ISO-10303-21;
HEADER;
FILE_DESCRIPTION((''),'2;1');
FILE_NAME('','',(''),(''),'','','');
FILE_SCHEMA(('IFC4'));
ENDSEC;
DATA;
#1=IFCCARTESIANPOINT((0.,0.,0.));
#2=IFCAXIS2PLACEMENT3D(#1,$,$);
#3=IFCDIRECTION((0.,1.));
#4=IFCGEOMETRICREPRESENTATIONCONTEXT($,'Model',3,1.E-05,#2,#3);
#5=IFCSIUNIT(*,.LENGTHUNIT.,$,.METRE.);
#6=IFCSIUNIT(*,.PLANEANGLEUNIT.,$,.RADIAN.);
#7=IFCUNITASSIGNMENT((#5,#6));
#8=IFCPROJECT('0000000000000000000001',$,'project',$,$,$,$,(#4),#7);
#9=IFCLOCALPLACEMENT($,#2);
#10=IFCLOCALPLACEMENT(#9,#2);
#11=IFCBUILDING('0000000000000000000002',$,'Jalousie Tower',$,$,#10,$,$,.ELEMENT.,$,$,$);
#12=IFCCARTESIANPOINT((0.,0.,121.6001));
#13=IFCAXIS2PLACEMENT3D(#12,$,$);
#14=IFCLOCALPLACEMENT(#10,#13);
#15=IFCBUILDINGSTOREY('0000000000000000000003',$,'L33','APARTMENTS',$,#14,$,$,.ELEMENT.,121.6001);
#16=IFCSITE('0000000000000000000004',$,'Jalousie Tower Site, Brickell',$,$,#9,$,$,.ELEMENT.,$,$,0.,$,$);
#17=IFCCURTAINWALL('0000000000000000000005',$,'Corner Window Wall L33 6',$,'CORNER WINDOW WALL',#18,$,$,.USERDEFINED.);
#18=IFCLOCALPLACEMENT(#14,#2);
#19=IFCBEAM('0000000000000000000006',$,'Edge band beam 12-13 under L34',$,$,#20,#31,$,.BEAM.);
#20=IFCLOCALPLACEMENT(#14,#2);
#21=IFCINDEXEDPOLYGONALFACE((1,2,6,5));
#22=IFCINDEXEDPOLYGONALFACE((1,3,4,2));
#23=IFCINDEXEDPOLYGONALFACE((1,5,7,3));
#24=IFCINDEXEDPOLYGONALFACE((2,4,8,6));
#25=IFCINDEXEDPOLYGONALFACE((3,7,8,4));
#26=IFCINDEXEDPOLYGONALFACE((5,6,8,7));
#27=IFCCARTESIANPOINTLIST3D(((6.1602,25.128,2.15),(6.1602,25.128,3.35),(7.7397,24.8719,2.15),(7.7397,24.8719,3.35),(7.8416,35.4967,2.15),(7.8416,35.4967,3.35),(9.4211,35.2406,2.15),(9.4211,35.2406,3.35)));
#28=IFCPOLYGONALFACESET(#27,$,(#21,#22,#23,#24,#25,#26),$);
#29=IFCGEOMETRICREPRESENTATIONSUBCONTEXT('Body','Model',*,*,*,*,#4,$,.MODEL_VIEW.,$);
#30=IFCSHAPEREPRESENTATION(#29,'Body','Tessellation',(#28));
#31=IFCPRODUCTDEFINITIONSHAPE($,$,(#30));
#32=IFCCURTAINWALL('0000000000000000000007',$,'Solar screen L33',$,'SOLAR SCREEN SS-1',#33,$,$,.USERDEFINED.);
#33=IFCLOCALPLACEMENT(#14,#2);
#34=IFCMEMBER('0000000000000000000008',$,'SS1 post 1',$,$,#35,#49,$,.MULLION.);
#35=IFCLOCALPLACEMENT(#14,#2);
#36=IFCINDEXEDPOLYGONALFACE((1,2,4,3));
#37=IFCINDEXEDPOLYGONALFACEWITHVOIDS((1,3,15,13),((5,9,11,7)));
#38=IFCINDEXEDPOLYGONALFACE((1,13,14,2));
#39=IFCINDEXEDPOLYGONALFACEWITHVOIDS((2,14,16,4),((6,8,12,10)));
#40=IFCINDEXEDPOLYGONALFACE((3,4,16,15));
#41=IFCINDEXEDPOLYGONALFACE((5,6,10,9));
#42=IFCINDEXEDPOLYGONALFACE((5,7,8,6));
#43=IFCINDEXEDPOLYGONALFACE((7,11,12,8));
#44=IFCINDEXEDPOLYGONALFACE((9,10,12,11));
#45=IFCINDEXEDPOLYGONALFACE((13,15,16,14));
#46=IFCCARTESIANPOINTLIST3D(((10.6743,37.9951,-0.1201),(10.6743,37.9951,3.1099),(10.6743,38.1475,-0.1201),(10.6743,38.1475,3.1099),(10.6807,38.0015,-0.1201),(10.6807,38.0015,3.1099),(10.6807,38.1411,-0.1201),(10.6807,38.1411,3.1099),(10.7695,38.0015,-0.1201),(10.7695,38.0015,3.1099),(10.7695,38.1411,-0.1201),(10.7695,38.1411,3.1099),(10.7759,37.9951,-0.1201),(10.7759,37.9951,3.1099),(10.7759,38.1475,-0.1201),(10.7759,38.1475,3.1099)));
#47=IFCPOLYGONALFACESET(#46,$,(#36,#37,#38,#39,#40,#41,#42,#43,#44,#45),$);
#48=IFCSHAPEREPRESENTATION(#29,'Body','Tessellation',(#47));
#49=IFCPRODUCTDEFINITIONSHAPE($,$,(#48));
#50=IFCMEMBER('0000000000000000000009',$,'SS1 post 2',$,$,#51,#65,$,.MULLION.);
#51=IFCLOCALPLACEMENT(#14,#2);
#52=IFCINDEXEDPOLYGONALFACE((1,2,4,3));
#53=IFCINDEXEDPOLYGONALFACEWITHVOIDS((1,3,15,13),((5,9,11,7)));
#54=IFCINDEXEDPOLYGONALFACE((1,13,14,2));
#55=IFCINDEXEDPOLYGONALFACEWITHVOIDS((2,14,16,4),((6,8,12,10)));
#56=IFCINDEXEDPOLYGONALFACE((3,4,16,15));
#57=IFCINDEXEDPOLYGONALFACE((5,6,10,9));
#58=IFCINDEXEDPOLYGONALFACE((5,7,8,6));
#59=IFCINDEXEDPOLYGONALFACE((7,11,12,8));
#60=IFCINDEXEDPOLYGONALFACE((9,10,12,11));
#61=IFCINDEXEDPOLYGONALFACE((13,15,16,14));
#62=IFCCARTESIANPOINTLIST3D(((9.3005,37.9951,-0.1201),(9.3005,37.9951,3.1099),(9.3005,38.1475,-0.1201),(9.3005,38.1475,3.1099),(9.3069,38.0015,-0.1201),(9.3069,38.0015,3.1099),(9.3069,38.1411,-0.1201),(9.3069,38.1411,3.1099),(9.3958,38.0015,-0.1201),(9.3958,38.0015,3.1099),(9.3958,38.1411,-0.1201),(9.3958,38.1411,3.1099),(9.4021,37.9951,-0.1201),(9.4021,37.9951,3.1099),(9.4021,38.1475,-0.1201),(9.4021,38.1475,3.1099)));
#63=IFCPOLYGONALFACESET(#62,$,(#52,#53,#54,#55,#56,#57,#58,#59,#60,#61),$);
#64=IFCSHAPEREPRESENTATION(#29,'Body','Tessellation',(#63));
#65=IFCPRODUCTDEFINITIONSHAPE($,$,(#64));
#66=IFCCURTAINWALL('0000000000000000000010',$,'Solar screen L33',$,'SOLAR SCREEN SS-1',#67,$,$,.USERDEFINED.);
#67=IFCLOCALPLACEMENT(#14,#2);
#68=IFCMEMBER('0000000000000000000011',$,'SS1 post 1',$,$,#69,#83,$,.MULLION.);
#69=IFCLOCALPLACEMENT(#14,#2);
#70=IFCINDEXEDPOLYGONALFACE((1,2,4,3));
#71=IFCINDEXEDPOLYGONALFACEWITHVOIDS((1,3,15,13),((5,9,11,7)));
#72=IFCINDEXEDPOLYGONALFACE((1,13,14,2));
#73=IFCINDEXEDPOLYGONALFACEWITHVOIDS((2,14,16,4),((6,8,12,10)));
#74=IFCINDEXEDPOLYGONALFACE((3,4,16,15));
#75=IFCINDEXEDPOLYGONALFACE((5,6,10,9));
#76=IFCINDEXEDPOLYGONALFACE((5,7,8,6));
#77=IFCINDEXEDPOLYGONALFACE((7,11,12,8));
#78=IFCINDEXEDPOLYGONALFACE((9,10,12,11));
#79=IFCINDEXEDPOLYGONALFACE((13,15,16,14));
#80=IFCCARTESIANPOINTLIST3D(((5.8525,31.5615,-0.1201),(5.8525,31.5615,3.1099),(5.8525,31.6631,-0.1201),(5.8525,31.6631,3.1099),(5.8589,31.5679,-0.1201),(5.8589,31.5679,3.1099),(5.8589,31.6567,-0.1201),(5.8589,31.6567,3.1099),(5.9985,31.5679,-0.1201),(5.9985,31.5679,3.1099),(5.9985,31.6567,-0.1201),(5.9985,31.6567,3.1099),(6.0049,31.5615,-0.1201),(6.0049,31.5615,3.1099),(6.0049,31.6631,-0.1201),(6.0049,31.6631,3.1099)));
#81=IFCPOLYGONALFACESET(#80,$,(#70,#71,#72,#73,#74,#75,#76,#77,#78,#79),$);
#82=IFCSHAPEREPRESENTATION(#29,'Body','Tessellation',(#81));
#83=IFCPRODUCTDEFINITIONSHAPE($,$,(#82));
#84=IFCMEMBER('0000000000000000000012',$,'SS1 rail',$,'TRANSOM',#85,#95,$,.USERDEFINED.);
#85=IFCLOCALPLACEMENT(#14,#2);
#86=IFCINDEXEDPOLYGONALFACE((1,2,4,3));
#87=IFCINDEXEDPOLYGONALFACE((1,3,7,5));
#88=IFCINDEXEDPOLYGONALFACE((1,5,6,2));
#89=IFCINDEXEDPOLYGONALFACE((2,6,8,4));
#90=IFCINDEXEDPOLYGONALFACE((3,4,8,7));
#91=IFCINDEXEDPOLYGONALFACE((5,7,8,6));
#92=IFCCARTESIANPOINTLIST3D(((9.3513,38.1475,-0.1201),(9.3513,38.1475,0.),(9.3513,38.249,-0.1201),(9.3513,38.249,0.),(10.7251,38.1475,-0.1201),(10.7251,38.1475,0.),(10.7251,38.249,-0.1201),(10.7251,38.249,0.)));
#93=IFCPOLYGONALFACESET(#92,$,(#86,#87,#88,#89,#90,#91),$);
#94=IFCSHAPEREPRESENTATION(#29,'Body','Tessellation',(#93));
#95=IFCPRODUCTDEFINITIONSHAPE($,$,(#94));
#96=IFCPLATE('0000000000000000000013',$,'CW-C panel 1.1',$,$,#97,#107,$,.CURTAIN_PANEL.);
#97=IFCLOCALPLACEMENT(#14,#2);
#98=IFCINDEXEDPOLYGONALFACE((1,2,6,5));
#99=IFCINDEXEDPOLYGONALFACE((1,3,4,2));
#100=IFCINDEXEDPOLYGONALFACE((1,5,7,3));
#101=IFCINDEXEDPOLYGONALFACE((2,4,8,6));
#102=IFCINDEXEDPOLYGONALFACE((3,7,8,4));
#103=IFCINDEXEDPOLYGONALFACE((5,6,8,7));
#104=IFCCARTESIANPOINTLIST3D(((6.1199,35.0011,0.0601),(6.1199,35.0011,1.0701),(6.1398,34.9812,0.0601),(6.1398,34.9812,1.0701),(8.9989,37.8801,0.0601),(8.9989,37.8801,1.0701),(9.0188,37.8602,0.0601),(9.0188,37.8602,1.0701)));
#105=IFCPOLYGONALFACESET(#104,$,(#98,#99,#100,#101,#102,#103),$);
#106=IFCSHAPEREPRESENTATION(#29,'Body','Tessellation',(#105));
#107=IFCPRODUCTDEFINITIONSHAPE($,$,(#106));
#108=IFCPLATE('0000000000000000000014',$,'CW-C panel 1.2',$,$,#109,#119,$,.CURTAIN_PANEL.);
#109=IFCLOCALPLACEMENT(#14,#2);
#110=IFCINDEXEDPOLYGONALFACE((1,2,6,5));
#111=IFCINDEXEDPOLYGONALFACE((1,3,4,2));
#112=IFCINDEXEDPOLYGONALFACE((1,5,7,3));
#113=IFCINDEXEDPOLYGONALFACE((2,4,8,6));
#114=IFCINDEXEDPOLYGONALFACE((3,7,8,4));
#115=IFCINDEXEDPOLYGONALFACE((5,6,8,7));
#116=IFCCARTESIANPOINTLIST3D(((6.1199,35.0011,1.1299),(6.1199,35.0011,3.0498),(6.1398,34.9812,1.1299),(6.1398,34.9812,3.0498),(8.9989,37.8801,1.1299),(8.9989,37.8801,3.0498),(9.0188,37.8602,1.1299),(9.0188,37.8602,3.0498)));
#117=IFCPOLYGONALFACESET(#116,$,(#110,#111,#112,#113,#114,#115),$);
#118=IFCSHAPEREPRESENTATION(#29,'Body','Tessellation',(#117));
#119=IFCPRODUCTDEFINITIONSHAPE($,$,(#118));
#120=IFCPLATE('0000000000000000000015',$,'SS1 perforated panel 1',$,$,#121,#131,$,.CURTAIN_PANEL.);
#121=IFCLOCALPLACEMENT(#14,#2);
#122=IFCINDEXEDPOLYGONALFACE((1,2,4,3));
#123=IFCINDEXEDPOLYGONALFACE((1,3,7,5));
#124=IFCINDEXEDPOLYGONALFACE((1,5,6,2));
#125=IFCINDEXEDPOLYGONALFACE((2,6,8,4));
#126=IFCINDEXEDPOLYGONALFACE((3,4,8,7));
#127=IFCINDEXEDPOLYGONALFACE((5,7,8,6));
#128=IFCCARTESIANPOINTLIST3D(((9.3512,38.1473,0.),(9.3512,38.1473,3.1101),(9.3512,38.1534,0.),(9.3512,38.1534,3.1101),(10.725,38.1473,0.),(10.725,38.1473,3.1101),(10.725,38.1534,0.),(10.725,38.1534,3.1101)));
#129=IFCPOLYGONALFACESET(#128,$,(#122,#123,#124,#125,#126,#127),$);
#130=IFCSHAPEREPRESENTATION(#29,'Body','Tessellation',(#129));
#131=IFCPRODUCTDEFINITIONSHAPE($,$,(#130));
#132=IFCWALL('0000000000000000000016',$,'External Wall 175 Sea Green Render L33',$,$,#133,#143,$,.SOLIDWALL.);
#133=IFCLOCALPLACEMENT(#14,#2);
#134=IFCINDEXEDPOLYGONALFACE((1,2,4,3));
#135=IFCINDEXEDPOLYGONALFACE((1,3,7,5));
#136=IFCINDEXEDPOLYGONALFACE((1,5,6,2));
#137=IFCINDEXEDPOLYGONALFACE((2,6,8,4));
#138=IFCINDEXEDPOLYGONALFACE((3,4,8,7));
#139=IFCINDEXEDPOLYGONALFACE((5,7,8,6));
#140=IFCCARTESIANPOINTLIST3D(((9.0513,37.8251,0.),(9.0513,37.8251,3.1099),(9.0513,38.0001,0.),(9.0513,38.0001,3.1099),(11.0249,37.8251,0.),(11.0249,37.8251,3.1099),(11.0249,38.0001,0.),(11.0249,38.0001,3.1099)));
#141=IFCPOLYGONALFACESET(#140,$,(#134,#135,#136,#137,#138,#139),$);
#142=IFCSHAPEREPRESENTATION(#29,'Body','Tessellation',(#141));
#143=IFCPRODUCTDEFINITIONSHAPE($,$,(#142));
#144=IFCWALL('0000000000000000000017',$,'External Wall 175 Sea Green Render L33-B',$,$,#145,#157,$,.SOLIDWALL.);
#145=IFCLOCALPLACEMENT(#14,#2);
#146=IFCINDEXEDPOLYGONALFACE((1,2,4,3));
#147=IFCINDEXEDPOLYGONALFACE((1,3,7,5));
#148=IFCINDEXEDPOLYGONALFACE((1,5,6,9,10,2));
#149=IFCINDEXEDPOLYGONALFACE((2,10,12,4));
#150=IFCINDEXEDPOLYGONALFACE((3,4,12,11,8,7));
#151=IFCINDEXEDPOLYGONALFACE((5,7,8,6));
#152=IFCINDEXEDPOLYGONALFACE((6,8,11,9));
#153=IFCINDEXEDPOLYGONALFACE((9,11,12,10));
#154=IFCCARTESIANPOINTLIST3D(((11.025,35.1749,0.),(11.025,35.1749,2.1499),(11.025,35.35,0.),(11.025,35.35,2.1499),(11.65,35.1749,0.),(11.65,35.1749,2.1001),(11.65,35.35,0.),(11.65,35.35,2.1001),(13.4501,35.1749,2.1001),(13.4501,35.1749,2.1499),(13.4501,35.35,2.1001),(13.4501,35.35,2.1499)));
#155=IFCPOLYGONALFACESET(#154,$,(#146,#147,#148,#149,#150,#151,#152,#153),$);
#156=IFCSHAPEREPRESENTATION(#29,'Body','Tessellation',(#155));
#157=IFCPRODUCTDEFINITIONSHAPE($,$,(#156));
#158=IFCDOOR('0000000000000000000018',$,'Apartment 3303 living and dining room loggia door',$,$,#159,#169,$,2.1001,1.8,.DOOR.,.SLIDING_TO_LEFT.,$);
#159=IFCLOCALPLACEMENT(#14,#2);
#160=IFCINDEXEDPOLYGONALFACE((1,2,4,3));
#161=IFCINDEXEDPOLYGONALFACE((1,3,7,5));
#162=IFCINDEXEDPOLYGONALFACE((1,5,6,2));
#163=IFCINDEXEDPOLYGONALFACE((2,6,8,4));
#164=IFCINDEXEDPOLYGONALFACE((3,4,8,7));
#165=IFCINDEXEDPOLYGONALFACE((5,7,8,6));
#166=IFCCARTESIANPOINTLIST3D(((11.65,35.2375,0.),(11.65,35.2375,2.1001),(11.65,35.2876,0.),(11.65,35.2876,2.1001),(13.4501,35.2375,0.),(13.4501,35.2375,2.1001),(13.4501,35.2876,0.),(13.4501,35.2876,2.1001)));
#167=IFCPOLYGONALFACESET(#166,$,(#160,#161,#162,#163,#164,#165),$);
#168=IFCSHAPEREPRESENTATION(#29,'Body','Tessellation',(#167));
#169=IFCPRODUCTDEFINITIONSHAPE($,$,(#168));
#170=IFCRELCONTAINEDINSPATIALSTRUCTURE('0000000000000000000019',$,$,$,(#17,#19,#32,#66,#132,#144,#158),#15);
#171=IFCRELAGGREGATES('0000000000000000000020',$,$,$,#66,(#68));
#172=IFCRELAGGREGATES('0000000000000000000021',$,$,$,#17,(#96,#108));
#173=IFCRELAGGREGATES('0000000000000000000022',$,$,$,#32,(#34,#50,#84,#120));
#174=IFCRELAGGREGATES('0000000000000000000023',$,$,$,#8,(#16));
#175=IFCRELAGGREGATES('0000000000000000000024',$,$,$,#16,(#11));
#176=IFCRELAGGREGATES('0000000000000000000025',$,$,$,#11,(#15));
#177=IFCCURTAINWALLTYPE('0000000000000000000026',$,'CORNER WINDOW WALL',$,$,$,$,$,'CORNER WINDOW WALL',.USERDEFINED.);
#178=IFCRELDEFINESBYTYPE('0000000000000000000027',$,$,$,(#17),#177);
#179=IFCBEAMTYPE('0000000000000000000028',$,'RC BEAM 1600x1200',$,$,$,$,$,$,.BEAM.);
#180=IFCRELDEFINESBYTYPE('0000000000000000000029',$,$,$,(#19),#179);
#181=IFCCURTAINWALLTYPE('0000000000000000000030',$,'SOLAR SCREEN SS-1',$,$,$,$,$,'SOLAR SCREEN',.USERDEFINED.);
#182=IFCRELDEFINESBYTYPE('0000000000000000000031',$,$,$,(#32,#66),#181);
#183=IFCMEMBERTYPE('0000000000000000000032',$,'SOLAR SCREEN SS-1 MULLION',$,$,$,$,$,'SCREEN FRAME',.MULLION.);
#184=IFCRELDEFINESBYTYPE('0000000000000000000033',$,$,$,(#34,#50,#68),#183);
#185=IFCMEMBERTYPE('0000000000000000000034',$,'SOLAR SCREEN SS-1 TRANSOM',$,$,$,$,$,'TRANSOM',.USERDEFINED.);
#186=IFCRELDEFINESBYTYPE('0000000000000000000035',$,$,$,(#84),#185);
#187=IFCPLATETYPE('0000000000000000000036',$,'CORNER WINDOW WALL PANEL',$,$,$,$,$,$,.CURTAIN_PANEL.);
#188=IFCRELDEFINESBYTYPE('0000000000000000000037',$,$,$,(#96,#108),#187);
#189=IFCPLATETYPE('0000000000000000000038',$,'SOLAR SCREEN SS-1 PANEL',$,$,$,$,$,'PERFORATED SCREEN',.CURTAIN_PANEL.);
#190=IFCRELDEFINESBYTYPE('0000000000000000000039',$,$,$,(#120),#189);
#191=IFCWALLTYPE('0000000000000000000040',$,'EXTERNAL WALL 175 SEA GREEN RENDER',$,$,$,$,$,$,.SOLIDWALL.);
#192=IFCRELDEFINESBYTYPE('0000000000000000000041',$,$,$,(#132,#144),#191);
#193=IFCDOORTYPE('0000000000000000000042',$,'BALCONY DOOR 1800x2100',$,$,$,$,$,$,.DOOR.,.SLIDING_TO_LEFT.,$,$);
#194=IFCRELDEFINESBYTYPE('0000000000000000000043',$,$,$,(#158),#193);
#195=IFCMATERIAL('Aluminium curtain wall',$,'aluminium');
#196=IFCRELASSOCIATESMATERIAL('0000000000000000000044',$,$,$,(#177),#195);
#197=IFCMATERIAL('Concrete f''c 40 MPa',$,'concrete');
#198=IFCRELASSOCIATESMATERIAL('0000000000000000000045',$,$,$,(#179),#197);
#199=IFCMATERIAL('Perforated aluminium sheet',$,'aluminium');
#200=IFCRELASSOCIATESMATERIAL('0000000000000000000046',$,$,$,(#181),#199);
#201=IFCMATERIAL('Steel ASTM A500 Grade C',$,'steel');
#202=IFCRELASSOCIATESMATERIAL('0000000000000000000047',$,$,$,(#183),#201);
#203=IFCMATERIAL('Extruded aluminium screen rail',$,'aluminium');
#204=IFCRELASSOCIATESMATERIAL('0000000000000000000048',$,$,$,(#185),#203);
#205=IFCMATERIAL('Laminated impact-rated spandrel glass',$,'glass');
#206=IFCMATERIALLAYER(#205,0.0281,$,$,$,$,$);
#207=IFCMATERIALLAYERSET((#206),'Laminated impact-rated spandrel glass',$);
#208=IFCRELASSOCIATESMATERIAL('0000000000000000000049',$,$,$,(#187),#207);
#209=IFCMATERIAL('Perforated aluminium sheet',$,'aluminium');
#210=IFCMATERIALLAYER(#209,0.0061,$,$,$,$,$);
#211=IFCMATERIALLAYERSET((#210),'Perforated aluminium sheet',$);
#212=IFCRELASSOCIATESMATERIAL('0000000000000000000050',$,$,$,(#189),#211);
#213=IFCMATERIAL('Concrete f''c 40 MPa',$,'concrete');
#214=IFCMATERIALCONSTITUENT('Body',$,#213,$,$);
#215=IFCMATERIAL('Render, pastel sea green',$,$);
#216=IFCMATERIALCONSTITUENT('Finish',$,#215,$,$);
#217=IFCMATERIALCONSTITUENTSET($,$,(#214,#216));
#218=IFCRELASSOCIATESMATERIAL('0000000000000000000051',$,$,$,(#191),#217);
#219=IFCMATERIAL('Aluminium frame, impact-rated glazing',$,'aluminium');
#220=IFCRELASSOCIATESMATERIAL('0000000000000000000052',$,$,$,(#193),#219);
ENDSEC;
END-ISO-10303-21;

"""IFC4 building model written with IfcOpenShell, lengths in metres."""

from ifc_helpers import new_model, si_unit, direction, frame, frame_2d, origin, origin_2d, place, context, subcontext, project, spatial, rectangle, hollow_rectangle, extrude, material, layer, layer_set, constituent, constituent_set, material_profile, profile_set, type_object, element, fill, aggregate, save


model = new_model("IFC4")

# Units and contexts
model_context = context("Model", 3, precision=1e-05, world=origin(), true_north=direction((0.0, 1.0)))
body_context = subcontext(model_context, "Body", "Model", "MODEL_VIEW")
ifc_project = project(units=[si_unit("LENGTHUNIT", "METRE"), si_unit("PLANEANGLEUNIT", "RADIAN")], contexts=[model_context])

# Site, building, storey
site_placement = place(None, origin())
site = spatial("IfcSite", under=ifc_project, at=site_placement, Name="Jalousie Tower Site, Brickell", CompositionType="ELEMENT", RefElevation=0.0)
building_placement = place(site_placement, origin())
building = spatial("IfcBuilding", under=site, at=building_placement, Name="Jalousie Tower", CompositionType="ELEMENT")
storey_placement = place(building_placement, frame((0.0, 0.0, 121.6001)))
storey = spatial("IfcBuildingStorey", under=building, at=storey_placement, Name="L33", Description="APARTMENTS", CompositionType="ELEMENT", Elevation=121.6001)

# Curtain wall
ifc_material_1 = material(Name="Aluminium curtain wall", Category="aluminium")
curtain_wall_type_1 = type_object("IfcCurtainWallType", Name="CORNER WINDOW WALL", ElementType="CORNER WINDOW WALL", PredefinedType="USERDEFINED", material=ifc_material_1)
curtain_wall_1_placement = place(storey_placement, origin())
curtain_wall_1 = element("IfcCurtainWall", 1, at=curtain_wall_1_placement, inside=storey, type_object=curtain_wall_type_1, Name="Corner Window Wall L33 6", ObjectType="CORNER WINDOW WALL", PredefinedType="USERDEFINED")

# Beam
ifc_material_2 = material(Name="Concrete f'c 40 MPa", Category="concrete")
ifc_material_profile_1 = material_profile(ifc_material_2, rectangle(XDim=1.6001, YDim=1.2, at=origin_2d()), Name="RC 1600x1200")
ifc_profile_set_1 = profile_set([ifc_material_profile_1], Name="Concrete f'c 40 MPa")
beam_type_1 = type_object("IfcBeamType", Name="RC BEAM 1600x1200", PredefinedType="BEAM", material=ifc_profile_set_1)
beam_1_placement = place(storey_placement, frame((8.6313, 35.3687, 2.75), z_axis=(-0.160071, -0.987106, 0.0), x_axis=(0.987106, -0.160071, 0.0)))
element("IfcBeam", 2, at=beam_1_placement, inside=storey, type_object=beam_type_1, Name="Edge band beam 12-13 under L34", PredefinedType="BEAM", context=body_context, shape_type="SweptSolid", body=[
    extrude(rectangle(XDim=1.6001, YDim=1.2, at=origin_2d()), origin(), (0.0, 0.0, 1.0), 10.5042),
])

# Curtain wall, members
ifc_material_3 = material(Name="Perforated aluminium sheet", Category="aluminium")
curtain_wall_type_2 = type_object("IfcCurtainWallType", Name="SOLAR SCREEN SS-1", ElementType="SOLAR SCREEN", PredefinedType="USERDEFINED", material=ifc_material_3)
curtain_wall_2_placement = place(storey_placement, origin())
curtain_wall_2 = element("IfcCurtainWall", 3, at=curtain_wall_2_placement, inside=storey, type_object=curtain_wall_type_2, Name="Solar screen L33", ObjectType="SOLAR SCREEN SS-1", PredefinedType="USERDEFINED")
ifc_material_4 = material(Name="Steel ASTM A500 Grade C", Category="steel")
ifc_material_profile_2 = material_profile(ifc_material_4, hollow_rectangle(XDim=0.1016, YDim=0.1523, WallThickness=0.0063, at=origin_2d()), Name="HSS6X4X1/4")
ifc_profile_set_2 = profile_set([ifc_material_profile_2], Name="Steel ASTM A500 Grade C")
member_type_1 = type_object("IfcMemberType", Name="SOLAR SCREEN SS-1 MULLION", ElementType="SCREEN FRAME", PredefinedType="MULLION", material=ifc_profile_set_2)
member_1_placement = place(storey_placement, frame((10.7251, 38.0713, -0.1201), z_axis=(0.0, 0.0, 1.0), x_axis=(-1.0, 0.0, 0.0)))
member_1 = element("IfcMember", 4, at=member_1_placement, type_object=member_type_1, Name="SS1 post 1", PredefinedType="MULLION", context=body_context, shape_type="SweptSolid", body=[
    extrude(hollow_rectangle(XDim=0.1016, YDim=0.1523, WallThickness=0.0063, at=origin_2d()), origin(), (0.0, 0.0, 1.0), 3.23),
])
member_2_placement = place(storey_placement, frame((9.3513, 38.0713, -0.1201), z_axis=(0.0, 0.0, 1.0), x_axis=(-1.0, 0.0, 0.0)))
member_2 = element("IfcMember", 5, at=member_2_placement, type_object=member_type_1, Name="SS1 post 2", PredefinedType="MULLION", context=body_context, shape_type="SweptSolid", body=[
    extrude(hollow_rectangle(XDim=0.1016, YDim=0.1523, WallThickness=0.0063, at=origin_2d()), origin(), (0.0, 0.0, 1.0), 3.23),
])

# Curtain wall, member
curtain_wall_3_placement = place(storey_placement, origin())
curtain_wall_3 = element("IfcCurtainWall", 6, at=curtain_wall_3_placement, inside=storey, type_object=curtain_wall_type_2, Name="Solar screen L33", ObjectType="SOLAR SCREEN SS-1", PredefinedType="USERDEFINED")
member_3_placement = place(storey_placement, frame((5.9287, 31.6123, -0.1201), z_axis=(0.0, 0.0, 1.0), x_axis=(0.0, -1.0, 0.0)))
member_3 = element("IfcMember", 7, at=member_3_placement, type_object=member_type_1, Name="SS1 post 1", PredefinedType="MULLION", context=body_context, shape_type="SweptSolid", body=[
    extrude(hollow_rectangle(XDim=0.1016, YDim=0.1523, WallThickness=0.0063, at=origin_2d()), origin(), (0.0, 0.0, 1.0), 3.23),
])
aggregate(curtain_wall_3, [member_3])

# Member
ifc_material_5 = material(Name="Extruded aluminium screen rail", Category="aluminium")
ifc_material_profile_3 = material_profile(ifc_material_5, rectangle(XDim=0.1016, YDim=0.1201, at=origin_2d()), Name="RAIL 102x120")
ifc_profile_set_3 = profile_set([ifc_material_profile_3], Name="Extruded aluminium screen rail")
member_type_2 = type_object("IfcMemberType", Name="SOLAR SCREEN SS-1 TRANSOM", ElementType="TRANSOM", PredefinedType="USERDEFINED", material=ifc_profile_set_3)
member_4_placement = place(storey_placement, frame((10.7251, 38.1982, -0.0601), z_axis=(-1.0, 0.0, 0.0), x_axis=(0.0, -1.0, 0.0)))
member_4 = element("IfcMember", 8, at=member_4_placement, type_object=member_type_2, Name="SS1 rail", ObjectType="TRANSOM", PredefinedType="USERDEFINED", context=body_context, shape_type="SweptSolid", body=[
    extrude(rectangle(XDim=0.1016, YDim=0.1201, at=origin_2d()), origin(), (0.0, 0.0, 1.0), 1.3738),
])

# Plates
ifc_material_6 = material(Name="Laminated impact-rated spandrel glass", Category="glass")
ifc_layer_1 = layer(ifc_material_6, 0.0281)
ifc_layer_set_1 = layer_set([ifc_layer_1], Name="Laminated impact-rated spandrel glass")
plate_type_1 = type_object("IfcPlateType", Name="CORNER WINDOW WALL PANEL", PredefinedType="CURTAIN_PANEL", material=ifc_layer_set_1)
plate_1_placement = place(storey_placement, frame((7.5693, 36.4307, 0.0601), z_axis=(0.0, 0.0, 1.0), x_axis=(-0.707107, -0.707107, 0.0)))
plate_1 = element("IfcPlate", 9, at=plate_1_placement, type_object=plate_type_1, Name="CW-C panel 1.1", PredefinedType="CURTAIN_PANEL", context=body_context, shape_type="SweptSolid", body=[
    extrude(rectangle(XDim=4.0715, YDim=0.0281, at=origin_2d()), origin(), (0.0, 0.0, 1.0), 1.01),
])
plate_2_placement = place(storey_placement, frame((7.5693, 36.4307, 1.1299), z_axis=(0.0, 0.0, 1.0), x_axis=(-0.707107, -0.707107, 0.0)))
plate_2 = element("IfcPlate", 10, at=plate_2_placement, type_object=plate_type_1, Name="CW-C panel 1.2", PredefinedType="CURTAIN_PANEL", context=body_context, shape_type="SweptSolid", body=[
    extrude(rectangle(XDim=4.0715, YDim=0.0281, at=origin_2d()), origin(), (0.0, 0.0, 1.0), 1.9199),
])
aggregate(curtain_wall_1, [plate_1, plate_2])
ifc_material_7 = material(Name="Perforated aluminium sheet", Category="aluminium")
ifc_layer_2 = layer(ifc_material_7, 0.0061)
ifc_layer_set_2 = layer_set([ifc_layer_2], Name="Perforated aluminium sheet")
plate_type_2 = type_object("IfcPlateType", Name="SOLAR SCREEN SS-1 PANEL", ElementType="PERFORATED SCREEN", PredefinedType="CURTAIN_PANEL", material=ifc_layer_set_2)
plate_3_placement = place(storey_placement, frame((10.0381, 38.1504, 0.0), z_axis=(0.0, 0.0, 1.0), x_axis=(-1.0, 0.0, 0.0)))
plate_3 = element("IfcPlate", 11, at=plate_3_placement, type_object=plate_type_2, Name="SS1 perforated panel 1", PredefinedType="CURTAIN_PANEL", context=body_context, shape_type="SweptSolid", body=[
    extrude(rectangle(XDim=1.3738, YDim=0.0061, at=origin_2d()), origin(), (0.0, 0.0, 1.0), 3.1101),
])
aggregate(curtain_wall_2, [member_1, member_2, member_4, plate_3])

# Wall
ifc_material_8 = material(Name="Concrete f'c 40 MPa", Category="concrete")
ifc_constituent_1 = constituent(ifc_material_8, Name="Body")
ifc_material_9 = material(Name="Render, pastel sea green")
ifc_constituent_2 = constituent(ifc_material_9, Name="Finish")
ifc_constituent_set = constituent_set(constituents=[ifc_constituent_1, ifc_constituent_2])
wall_type = type_object("IfcWallType", Name="EXTERNAL WALL 175 SEA GREEN RENDER", PredefinedType="SOLIDWALL", material=ifc_constituent_set)
wall_1_placement = place(storey_placement, frame((11.0249, 37.9126, 0.0), z_axis=(0.0, 0.0, 1.0), x_axis=(-1.0, 0.0, 0.0)))
element("IfcWall", 12, at=wall_1_placement, inside=storey, type_object=wall_type, Name="External Wall 175 Sea Green Render L33", PredefinedType="SOLIDWALL", context=body_context, shape_type="SweptSolid", body=[
    extrude(rectangle(XDim=1.9736, YDim=0.175, at=frame_2d((0.9868, 0.0))), origin(), (0.0, 0.0, 1.0), 3.1099),
])

# Wall, opening, door
wall_2_placement = place(storey_placement, frame((13.45, 35.2625, 0.0), z_axis=(0.0, 0.0, 1.0), x_axis=(-1.0, 0.0, 0.0)))
wall_2 = element("IfcWall", 13, at=wall_2_placement, inside=storey, type_object=wall_type, Name="External Wall 175 Sea Green Render L33-B", PredefinedType="SOLIDWALL", context=body_context, shape_type="SweptSolid", body=[
    extrude(rectangle(XDim=2.425, YDim=0.175, at=frame_2d((1.2124, 0.0))), origin(), (0.0, 0.0, 1.0), 2.1499),
])
opening_1_placement = place(wall_2_placement, origin())
opening_1 = element("IfcOpeningElement", 14, at=opening_1_placement, cuts=wall_2, PredefinedType="OPENING", context=body_context, shape_type="SweptSolid", body=[
    extrude(rectangle(XDim=1.8, YDim=2.1001, at=frame_2d((0.8999, 1.05))), frame((0.0, 0.0974, 0.0), z_axis=(0.0, -1.0, 0.0), x_axis=(1.0, 0.0, 0.0)), (0.0, 0.0, 1.0), 0.1951),
])
ifc_material_10 = material(Name="Aluminium frame, impact-rated glazing", Category="aluminium")
door_type = type_object("IfcDoorType", Name="BALCONY DOOR 1800x2100", OperationType="SLIDING_TO_LEFT", PredefinedType="DOOR", material=ifc_material_10)
door_placement = place(opening_1_placement, origin())
door = element("IfcDoor", 15, at=door_placement, inside=storey, type_object=door_type, Name="Apartment 3303 living and dining room loggia door", OperationType="SLIDING_TO_LEFT", OverallHeight=2.1001, OverallWidth=1.8, PredefinedType="DOOR", context=body_context, shape_type="SweptSolid", body=[
    extrude(rectangle(XDim=1.8, YDim=2.1001, at=frame_2d((0.8999, 1.05))), frame((0.0, 0.0249, 0.0), z_axis=(0.0, -1.0, 0.0), x_axis=(1.0, 0.0, 0.0)), (0.0, 0.0, 1.0), 0.05),
])
fill(opening_1, door)

save(model, "model.ifc")
